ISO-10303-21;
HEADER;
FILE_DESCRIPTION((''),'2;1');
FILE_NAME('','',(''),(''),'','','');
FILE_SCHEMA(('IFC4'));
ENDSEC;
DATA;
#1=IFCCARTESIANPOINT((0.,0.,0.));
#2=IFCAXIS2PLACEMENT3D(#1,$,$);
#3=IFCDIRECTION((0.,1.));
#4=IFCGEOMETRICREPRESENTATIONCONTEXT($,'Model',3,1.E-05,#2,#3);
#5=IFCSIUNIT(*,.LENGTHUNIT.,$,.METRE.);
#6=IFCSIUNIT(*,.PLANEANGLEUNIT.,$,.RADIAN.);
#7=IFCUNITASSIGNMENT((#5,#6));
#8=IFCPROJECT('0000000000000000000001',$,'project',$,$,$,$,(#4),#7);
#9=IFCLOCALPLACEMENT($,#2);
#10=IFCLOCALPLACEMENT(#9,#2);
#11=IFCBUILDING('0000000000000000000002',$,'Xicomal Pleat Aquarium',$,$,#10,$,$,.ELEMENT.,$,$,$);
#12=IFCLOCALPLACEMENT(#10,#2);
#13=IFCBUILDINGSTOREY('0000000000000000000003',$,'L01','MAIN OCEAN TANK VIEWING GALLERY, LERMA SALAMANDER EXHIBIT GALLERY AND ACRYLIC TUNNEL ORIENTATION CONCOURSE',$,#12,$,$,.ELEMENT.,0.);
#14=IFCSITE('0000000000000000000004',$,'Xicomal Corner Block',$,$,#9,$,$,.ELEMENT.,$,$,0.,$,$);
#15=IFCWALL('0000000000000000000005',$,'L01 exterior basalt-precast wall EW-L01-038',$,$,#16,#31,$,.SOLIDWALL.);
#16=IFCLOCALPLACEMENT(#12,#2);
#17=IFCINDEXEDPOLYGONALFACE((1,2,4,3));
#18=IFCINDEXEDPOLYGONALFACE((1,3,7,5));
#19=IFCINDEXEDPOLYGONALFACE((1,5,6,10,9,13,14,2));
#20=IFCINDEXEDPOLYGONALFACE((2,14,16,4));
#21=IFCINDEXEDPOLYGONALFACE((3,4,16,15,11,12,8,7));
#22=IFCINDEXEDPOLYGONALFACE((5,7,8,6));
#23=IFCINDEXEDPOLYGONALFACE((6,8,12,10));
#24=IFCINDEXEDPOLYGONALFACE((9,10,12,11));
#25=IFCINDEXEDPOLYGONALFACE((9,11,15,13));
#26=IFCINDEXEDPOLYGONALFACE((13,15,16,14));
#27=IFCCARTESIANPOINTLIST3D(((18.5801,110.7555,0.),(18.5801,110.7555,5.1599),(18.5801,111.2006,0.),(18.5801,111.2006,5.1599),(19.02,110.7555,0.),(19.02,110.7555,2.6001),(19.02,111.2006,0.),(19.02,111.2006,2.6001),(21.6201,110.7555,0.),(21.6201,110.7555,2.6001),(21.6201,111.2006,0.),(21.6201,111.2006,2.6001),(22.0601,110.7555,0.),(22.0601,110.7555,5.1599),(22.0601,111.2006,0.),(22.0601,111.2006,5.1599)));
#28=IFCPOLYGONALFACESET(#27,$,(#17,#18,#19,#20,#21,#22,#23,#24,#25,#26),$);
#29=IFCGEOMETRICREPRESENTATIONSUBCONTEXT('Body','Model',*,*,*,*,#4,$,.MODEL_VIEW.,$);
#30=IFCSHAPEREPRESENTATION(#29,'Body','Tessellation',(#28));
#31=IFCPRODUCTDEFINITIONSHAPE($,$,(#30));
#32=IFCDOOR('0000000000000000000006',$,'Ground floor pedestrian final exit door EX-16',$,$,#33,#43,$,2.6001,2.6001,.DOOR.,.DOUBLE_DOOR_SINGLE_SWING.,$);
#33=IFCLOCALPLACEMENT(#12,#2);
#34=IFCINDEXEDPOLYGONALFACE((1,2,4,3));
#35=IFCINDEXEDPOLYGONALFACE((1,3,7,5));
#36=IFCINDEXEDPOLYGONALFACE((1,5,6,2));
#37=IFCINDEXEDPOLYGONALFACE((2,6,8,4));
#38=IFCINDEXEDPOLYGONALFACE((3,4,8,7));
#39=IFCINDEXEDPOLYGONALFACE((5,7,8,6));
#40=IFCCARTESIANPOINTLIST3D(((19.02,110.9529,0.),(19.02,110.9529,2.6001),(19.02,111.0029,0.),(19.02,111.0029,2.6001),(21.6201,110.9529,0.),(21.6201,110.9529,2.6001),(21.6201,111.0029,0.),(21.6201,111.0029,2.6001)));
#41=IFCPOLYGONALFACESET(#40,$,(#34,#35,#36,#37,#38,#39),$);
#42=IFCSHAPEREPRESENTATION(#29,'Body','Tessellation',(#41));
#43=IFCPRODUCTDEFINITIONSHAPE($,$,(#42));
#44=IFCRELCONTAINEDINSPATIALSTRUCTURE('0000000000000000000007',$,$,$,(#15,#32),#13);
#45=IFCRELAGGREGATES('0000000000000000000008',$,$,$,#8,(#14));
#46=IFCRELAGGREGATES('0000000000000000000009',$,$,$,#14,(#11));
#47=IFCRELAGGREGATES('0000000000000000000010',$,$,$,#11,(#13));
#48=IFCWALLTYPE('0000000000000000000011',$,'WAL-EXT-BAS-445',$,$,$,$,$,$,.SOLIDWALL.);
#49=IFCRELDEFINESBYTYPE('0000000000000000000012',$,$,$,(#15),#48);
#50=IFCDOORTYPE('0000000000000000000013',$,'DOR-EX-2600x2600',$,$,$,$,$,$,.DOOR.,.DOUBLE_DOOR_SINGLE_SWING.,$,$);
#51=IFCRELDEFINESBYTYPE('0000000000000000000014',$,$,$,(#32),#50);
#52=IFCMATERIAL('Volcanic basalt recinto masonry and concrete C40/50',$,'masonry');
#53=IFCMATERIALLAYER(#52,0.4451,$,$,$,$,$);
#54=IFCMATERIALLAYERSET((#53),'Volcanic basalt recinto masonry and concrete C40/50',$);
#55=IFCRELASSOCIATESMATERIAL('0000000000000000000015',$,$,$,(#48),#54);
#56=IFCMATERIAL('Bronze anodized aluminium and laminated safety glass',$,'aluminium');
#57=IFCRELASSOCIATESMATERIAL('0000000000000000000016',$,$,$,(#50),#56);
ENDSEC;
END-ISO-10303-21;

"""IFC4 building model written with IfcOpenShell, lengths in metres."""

from ifc_helpers import new_model, si_unit, direction, frame, frame_2d, origin, place, context, subcontext, project, spatial, rectangle, extrude, material, layer, layer_set, type_object, element, fill, save


model = new_model("IFC4")

# Units and contexts
model_context = context("Model", 3, precision=1e-05, world=origin(), true_north=direction((0.0, 1.0)))
body_context = subcontext(model_context, "Body", "Model", "MODEL_VIEW")
ifc_project = project(units=[si_unit("LENGTHUNIT", "METRE"), si_unit("PLANEANGLEUNIT", "RADIAN")], contexts=[model_context])

# Site, building, storey
site_placement = place(None, origin())
site = spatial("IfcSite", under=ifc_project, at=site_placement, Name="Xicomal Corner Block", CompositionType="ELEMENT", RefElevation=0.0)
building_placement = place(site_placement, origin())
building = spatial("IfcBuilding", under=site, at=building_placement, Name="Xicomal Pleat Aquarium", CompositionType="ELEMENT")
storey_placement = place(building_placement, origin())
storey = spatial("IfcBuildingStorey", under=building, at=storey_placement, Name="L01", Description="MAIN OCEAN TANK VIEWING GALLERY, LERMA SALAMANDER EXHIBIT GALLERY AND ACRYLIC TUNNEL ORIENTATION CONCOURSE", CompositionType="ELEMENT", Elevation=0.0)

# Wall, opening, door
ifc_material_1 = material(Name="Volcanic basalt recinto masonry and concrete C40/50", Category="masonry")
ifc_layer_1 = layer(ifc_material_1, 0.4451)
ifc_layer_set_1 = layer_set([ifc_layer_1], Name="Volcanic basalt recinto masonry and concrete C40/50")
wall_type = type_object("IfcWallType", Name="WAL-EXT-BAS-445", PredefinedType="SOLIDWALL", material=ifc_layer_set_1)
wall_placement = place(storey_placement, frame((18.5801, 110.978, 0.0), z_axis=(0.0, 0.0, 1.0), x_axis=(1.0, 0.0, 0.0)))
wall = element("IfcWall", 1, at=wall_placement, inside=storey, type_object=wall_type, Name="L01 exterior basalt-precast wall EW-L01-038", PredefinedType="SOLIDWALL", context=body_context, shape_type="SweptSolid", body=[
    extrude(rectangle(XDim=3.48, YDim=0.4451, at=frame_2d((1.74, 0.0))), origin(), (0.0, 0.0, 1.0), 5.1599),
])
opening_placement = place(wall_placement, frame((0.4399, 0.0, 0.0)))
opening = element("IfcOpeningElement", 2, at=opening_placement, cuts=wall, PredefinedType="OPENING", context=body_context, shape_type="SweptSolid", body=[
    extrude(rectangle(XDim=2.6001, YDim=2.6001, at=frame_2d((1.3, 1.3))), frame((0.0, 0.2324, 0.0), z_axis=(0.0, -1.0, 0.0), x_axis=(1.0, 0.0, 0.0)), (0.0, 0.0, 1.0), 0.4651),
])
ifc_material_2 = material(Name="Bronze anodized aluminium and laminated safety glass", Category="aluminium")
door_type = type_object("IfcDoorType", Name="DOR-EX-2600x2600", OperationType="DOUBLE_DOOR_SINGLE_SWING", PredefinedType="DOOR", material=ifc_material_2)
door_placement = place(opening_placement, origin())
door = element("IfcDoor", 3, at=door_placement, inside=storey, type_object=door_type, Name="Ground floor pedestrian final exit door EX-16", OperationType="DOUBLE_DOOR_SINGLE_SWING", OverallHeight=2.6001, OverallWidth=2.6001, PredefinedType="DOOR", context=body_context, shape_type="SweptSolid", body=[
    extrude(rectangle(XDim=2.6001, YDim=2.6001, at=frame_2d((1.3, 1.3))), frame((0.0, 0.0249, 0.0), z_axis=(0.0, -1.0, 0.0), x_axis=(1.0, 0.0, 0.0)), (0.0, 0.0, 1.0), 0.05),
])
fill(opening, door)

save(model, "model.ifc")
